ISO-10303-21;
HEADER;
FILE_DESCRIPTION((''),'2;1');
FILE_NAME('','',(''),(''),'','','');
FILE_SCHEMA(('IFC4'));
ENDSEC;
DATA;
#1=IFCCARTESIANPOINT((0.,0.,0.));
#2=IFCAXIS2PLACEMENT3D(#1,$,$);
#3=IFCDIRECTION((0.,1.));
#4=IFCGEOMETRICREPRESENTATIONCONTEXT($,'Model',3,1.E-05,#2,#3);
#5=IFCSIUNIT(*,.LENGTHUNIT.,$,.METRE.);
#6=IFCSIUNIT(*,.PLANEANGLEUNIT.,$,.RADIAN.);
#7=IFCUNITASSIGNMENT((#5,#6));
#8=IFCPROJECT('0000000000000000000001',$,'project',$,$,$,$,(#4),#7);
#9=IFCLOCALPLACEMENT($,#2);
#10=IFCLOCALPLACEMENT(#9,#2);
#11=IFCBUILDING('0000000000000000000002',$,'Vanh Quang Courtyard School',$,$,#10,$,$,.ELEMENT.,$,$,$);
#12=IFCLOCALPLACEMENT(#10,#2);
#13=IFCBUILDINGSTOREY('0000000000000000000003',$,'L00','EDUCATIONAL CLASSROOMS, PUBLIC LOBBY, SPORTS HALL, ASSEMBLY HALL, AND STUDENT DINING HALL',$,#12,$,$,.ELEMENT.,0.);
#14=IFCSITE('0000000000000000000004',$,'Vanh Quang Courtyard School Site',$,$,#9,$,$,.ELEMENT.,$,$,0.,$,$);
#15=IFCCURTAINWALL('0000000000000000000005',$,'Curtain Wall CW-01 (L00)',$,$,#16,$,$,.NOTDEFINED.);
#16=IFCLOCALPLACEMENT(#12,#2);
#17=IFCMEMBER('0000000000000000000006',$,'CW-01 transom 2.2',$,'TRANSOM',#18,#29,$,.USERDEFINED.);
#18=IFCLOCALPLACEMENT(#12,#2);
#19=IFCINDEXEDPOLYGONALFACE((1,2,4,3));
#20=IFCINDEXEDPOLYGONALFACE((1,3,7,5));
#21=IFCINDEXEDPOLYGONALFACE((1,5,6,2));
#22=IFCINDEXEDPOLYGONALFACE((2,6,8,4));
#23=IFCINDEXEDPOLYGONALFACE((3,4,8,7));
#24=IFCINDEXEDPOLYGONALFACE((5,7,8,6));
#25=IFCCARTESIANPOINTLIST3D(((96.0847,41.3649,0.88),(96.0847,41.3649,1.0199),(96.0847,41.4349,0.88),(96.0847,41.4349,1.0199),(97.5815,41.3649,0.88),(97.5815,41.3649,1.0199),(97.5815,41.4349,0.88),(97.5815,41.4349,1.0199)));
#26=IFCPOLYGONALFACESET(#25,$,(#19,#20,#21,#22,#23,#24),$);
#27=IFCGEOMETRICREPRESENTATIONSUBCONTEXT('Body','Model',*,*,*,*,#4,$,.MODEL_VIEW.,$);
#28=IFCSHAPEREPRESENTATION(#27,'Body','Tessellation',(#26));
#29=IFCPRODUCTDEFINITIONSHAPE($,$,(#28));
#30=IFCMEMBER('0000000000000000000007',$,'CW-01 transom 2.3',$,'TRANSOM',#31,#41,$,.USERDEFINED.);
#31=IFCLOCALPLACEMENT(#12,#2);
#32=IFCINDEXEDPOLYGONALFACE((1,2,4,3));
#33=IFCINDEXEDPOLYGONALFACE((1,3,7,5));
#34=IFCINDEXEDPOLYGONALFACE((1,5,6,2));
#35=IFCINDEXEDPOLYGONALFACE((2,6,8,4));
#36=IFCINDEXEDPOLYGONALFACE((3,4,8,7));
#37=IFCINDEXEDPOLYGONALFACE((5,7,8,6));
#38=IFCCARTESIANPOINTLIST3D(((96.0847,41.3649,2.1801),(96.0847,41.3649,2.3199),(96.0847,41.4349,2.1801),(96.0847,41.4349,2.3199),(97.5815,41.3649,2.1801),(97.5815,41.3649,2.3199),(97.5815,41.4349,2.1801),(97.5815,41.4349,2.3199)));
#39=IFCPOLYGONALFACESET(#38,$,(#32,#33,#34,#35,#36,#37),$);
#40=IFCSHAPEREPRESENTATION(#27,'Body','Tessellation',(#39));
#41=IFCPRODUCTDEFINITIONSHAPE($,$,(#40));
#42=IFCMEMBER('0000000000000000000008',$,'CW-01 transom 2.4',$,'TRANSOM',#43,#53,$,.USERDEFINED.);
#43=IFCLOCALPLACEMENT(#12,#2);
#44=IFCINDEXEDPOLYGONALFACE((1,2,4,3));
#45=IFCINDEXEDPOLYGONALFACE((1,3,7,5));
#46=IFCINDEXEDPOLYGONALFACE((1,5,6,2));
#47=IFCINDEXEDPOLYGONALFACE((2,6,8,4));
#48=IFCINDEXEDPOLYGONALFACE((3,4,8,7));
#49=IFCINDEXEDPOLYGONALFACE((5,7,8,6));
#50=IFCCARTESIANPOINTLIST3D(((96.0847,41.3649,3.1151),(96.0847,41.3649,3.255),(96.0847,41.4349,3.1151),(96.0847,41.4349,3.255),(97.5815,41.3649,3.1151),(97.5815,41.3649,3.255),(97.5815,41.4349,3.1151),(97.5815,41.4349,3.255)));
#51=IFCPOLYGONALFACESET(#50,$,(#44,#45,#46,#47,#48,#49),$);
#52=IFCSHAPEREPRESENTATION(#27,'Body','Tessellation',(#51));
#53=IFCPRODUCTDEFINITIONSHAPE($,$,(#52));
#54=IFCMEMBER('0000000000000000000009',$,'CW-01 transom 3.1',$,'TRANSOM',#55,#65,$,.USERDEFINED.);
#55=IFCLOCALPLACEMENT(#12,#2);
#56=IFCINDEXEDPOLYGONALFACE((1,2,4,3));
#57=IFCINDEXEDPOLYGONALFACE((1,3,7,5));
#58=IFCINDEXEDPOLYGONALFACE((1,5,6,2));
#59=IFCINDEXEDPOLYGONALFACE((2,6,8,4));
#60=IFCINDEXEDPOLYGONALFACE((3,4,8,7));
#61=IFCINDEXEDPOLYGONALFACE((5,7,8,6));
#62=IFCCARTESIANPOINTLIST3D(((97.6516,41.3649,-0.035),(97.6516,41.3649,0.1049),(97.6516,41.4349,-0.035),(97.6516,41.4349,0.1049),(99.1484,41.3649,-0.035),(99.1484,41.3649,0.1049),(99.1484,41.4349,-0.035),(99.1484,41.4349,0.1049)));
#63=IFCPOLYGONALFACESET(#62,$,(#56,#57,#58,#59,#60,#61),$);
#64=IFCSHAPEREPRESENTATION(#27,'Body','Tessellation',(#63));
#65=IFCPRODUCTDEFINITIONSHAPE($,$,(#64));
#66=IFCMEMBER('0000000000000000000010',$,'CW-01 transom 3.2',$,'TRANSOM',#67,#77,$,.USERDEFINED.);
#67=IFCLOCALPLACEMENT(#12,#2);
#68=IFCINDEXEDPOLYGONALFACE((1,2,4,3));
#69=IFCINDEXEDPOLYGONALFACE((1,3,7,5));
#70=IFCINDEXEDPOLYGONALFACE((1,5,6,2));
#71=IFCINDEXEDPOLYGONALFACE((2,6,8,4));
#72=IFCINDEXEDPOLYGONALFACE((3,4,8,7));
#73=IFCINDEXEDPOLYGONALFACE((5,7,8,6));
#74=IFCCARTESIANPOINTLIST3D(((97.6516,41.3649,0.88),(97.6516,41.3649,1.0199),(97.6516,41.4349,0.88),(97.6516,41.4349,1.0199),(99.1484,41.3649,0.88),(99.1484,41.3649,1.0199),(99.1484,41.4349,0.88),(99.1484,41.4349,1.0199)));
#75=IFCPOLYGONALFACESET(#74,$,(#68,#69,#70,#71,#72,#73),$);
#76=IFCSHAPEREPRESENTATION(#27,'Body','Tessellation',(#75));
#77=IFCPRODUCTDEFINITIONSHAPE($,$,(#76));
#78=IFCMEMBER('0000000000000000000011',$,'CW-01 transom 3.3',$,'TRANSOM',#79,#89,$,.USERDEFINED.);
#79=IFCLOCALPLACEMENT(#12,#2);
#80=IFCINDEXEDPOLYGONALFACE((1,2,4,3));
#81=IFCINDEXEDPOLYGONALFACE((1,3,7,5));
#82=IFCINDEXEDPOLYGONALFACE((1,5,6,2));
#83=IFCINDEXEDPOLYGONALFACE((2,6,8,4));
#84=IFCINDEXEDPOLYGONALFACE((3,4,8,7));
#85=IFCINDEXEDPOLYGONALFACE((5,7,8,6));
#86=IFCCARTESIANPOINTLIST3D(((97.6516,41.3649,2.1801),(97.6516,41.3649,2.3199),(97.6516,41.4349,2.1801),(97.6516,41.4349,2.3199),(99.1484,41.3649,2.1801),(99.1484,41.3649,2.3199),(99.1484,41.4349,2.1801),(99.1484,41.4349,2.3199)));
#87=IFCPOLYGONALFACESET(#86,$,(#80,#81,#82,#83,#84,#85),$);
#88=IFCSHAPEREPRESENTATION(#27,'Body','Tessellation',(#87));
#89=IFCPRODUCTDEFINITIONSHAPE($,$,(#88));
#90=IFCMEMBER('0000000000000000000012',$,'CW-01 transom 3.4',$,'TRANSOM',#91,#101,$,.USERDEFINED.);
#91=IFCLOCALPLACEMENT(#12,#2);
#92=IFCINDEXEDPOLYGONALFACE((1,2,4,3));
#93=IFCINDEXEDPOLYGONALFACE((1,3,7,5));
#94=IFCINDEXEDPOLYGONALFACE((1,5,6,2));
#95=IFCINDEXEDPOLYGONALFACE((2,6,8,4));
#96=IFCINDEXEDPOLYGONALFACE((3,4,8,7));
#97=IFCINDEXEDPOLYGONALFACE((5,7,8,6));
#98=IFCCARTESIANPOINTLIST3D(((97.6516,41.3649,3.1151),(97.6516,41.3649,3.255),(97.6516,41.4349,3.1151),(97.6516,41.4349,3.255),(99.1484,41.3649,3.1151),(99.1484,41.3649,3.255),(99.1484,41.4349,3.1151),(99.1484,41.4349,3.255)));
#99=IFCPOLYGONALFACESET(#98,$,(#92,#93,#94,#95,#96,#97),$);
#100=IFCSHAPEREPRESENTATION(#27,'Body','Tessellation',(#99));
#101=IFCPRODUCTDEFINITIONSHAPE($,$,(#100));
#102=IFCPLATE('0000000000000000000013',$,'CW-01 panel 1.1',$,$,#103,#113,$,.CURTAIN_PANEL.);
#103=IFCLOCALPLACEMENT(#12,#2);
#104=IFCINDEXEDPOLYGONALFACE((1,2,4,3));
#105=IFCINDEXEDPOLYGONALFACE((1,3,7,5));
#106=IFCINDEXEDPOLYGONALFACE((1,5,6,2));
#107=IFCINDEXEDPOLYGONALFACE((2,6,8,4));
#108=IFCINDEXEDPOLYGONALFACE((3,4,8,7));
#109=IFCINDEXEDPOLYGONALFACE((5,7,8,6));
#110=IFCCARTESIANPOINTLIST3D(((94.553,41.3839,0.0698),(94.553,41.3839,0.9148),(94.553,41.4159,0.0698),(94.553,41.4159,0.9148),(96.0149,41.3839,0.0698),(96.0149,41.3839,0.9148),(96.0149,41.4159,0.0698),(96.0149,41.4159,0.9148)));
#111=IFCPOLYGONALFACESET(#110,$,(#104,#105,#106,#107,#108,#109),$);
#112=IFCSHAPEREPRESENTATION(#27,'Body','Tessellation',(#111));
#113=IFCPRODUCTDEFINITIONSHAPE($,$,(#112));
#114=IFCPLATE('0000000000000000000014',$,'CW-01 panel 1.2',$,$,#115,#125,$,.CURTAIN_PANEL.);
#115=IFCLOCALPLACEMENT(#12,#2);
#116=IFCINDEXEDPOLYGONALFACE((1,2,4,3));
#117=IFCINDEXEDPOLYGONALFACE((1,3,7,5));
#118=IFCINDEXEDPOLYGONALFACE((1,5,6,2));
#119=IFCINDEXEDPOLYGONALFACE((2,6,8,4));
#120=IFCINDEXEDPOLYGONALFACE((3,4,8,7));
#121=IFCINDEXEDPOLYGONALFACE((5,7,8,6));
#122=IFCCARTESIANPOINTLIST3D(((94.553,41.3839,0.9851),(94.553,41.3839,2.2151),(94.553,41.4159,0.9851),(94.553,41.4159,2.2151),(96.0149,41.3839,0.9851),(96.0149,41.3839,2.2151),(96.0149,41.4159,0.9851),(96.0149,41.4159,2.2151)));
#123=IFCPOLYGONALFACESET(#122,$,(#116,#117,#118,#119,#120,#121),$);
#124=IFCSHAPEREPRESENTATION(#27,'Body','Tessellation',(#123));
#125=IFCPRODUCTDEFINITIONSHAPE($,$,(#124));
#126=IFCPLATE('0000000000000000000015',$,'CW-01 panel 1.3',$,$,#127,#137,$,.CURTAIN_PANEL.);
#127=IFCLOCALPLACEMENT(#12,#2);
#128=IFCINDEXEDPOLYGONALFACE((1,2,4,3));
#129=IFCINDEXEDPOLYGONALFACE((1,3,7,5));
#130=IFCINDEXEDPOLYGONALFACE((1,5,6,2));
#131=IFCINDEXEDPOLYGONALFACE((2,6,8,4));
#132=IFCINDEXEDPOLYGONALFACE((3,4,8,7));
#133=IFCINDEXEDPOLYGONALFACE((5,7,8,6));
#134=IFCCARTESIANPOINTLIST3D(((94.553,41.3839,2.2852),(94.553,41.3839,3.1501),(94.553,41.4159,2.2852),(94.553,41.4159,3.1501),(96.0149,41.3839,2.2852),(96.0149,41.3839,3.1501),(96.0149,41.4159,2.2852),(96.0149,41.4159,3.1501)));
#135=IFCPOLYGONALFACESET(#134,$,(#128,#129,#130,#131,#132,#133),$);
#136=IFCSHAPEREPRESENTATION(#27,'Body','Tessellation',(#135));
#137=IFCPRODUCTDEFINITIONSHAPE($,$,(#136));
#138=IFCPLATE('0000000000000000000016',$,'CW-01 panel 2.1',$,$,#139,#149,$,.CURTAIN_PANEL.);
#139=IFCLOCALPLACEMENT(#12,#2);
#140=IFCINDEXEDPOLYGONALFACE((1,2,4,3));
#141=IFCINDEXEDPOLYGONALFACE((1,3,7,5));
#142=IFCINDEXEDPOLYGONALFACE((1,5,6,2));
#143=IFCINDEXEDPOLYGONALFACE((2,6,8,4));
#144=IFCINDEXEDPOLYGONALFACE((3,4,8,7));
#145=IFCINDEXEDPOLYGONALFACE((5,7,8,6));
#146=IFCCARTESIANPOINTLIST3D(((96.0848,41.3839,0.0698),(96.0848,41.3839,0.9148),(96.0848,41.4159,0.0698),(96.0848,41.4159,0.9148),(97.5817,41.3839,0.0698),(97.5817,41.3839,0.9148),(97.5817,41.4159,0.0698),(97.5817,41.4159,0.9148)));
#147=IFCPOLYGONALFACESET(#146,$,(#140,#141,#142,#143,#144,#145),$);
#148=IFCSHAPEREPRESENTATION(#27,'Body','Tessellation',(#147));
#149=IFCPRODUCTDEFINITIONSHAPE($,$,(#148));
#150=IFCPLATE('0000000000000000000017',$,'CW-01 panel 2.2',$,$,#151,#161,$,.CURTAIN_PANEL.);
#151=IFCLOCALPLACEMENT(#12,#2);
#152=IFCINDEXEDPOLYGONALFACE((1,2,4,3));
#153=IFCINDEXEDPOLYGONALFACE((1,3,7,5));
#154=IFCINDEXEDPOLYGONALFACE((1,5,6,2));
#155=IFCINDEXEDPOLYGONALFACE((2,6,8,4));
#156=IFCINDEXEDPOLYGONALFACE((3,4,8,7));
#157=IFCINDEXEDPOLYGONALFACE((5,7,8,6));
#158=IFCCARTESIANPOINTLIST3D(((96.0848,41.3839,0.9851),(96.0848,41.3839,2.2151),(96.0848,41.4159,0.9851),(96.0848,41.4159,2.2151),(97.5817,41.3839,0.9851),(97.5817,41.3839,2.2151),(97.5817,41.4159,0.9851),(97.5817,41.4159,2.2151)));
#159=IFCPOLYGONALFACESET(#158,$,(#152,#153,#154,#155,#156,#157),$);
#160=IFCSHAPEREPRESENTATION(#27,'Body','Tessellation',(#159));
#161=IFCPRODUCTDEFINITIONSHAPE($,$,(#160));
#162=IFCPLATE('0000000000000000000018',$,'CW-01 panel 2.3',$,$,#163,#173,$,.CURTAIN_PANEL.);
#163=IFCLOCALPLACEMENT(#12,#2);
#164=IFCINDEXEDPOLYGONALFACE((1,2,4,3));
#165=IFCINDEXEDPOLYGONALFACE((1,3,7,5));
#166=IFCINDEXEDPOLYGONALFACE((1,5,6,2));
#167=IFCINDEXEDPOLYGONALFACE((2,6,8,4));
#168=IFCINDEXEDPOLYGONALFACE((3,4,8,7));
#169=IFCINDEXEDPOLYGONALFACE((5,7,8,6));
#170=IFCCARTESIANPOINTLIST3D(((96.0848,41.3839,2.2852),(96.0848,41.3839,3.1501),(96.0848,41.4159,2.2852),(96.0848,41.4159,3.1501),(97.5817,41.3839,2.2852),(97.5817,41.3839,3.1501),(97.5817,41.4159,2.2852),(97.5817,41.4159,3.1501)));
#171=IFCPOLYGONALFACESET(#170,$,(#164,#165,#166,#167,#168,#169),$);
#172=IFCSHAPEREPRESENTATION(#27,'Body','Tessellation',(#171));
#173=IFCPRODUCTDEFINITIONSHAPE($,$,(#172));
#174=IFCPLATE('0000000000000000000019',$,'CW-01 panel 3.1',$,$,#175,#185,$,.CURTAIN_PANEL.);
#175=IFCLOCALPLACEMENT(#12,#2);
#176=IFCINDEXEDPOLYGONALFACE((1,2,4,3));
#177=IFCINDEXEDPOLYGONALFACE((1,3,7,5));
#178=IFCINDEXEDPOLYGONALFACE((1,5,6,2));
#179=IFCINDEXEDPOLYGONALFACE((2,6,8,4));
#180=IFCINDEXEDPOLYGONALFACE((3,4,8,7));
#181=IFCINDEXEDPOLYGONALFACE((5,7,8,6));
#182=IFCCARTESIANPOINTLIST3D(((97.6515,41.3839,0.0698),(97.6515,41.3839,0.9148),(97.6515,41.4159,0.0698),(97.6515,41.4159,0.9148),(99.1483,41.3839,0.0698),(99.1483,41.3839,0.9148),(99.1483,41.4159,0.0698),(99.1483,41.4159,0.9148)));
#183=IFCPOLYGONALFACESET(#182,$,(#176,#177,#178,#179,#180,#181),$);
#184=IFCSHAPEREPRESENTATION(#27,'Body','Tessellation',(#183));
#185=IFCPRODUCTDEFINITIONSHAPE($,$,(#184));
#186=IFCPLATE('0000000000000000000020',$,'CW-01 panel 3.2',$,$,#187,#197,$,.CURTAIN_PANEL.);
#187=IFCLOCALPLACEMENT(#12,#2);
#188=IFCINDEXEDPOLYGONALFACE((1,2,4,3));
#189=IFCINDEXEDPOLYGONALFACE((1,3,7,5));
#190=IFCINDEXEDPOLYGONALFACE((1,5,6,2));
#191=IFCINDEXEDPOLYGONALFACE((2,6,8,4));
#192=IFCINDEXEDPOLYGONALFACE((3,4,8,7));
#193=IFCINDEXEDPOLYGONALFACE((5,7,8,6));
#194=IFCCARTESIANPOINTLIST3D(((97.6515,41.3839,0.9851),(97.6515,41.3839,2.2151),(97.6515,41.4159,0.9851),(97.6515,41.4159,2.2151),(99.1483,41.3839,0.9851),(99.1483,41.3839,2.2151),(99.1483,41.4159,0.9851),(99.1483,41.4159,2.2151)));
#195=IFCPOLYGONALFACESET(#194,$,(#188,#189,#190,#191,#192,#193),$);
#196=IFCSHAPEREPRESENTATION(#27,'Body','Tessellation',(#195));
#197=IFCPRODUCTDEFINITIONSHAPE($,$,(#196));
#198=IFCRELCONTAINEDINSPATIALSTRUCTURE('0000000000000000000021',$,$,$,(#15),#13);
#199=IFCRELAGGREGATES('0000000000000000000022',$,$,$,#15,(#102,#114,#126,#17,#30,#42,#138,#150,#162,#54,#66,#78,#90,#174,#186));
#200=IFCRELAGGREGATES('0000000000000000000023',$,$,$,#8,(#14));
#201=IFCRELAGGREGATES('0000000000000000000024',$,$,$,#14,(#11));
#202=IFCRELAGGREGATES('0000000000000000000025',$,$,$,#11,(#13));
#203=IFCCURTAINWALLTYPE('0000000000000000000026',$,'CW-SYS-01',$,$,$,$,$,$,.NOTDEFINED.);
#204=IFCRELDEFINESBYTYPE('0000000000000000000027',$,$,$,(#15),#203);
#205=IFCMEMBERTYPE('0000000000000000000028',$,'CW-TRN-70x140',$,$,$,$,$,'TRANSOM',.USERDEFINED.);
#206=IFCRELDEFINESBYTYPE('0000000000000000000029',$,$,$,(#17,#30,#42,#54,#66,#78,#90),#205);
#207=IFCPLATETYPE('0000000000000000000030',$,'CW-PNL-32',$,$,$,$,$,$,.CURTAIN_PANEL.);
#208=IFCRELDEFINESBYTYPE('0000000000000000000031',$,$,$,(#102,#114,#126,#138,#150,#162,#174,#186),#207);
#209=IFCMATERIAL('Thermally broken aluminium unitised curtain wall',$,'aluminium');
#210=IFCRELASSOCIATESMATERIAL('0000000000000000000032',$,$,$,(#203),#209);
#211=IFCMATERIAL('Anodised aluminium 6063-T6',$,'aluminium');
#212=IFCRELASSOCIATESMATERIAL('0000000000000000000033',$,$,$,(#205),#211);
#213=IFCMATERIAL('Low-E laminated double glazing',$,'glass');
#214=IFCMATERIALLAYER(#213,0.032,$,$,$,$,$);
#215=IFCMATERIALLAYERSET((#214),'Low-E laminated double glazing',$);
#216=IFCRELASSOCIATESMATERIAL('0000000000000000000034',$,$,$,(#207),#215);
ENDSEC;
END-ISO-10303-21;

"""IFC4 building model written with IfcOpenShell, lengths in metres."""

from ifc_helpers import new_model, si_unit, direction, frame, origin, origin_2d, place, context, subcontext, project, spatial, rectangle, extrude, material, layer, layer_set, material_profile, profile_set, type_object, element, aggregate, save


model = new_model("IFC4")

# Units and contexts
model_context = context("Model", 3, precision=1e-05, world=origin(), true_north=direction((0.0, 1.0)))
body_context = subcontext(model_context, "Body", "Model", "MODEL_VIEW")
ifc_project = project(units=[si_unit("LENGTHUNIT", "METRE"), si_unit("PLANEANGLEUNIT", "RADIAN")], contexts=[model_context])

# Site, building, storey
site_placement = place(None, origin())
site = spatial("IfcSite", under=ifc_project, at=site_placement, Name="Vanh Quang Courtyard School Site", CompositionType="ELEMENT", RefElevation=0.0)
building_placement = place(site_placement, origin())
building = spatial("IfcBuilding", under=site, at=building_placement, Name="Vanh Quang Courtyard School", CompositionType="ELEMENT")
storey_placement = place(building_placement, origin())
storey = spatial("IfcBuildingStorey", under=building, at=storey_placement, Name="L00", Description="EDUCATIONAL CLASSROOMS, PUBLIC LOBBY, SPORTS HALL, ASSEMBLY HALL, AND STUDENT DINING HALL", CompositionType="ELEMENT", Elevation=0.0)

# Curtain wall, members, plates
ifc_material_1 = material(Name="Thermally broken aluminium unitised curtain wall", Category="aluminium")
curtain_wall_type = type_object("IfcCurtainWallType", Name="CW-SYS-01", PredefinedType="NOTDEFINED", material=ifc_material_1)
curtain_wall_placement = place(storey_placement, origin())
curtain_wall = element("IfcCurtainWall", 1, at=curtain_wall_placement, inside=storey, type_object=curtain_wall_type, Name="Curtain Wall CW-01 (L00)", PredefinedType="NOTDEFINED")
ifc_material_2 = material(Name="Anodised aluminium 6063-T6", Category="aluminium")
ifc_material_profile_1 = material_profile(ifc_material_2, rectangle(XDim=0.0701, YDim=0.1399, at=origin_2d()), Name="ALU-TRN 70x140")
ifc_profile_set_1 = profile_set([ifc_material_profile_1], Name="Anodised aluminium 6063-T6")
member_type_1 = type_object("IfcMemberType", Name="CW-TRN-70x140", ElementType="TRANSOM", PredefinedType="USERDEFINED", material=ifc_profile_set_1)
member_1_placement = place(storey_placement, frame((96.0847, 41.3999, 0.95), z_axis=(1.0, 0.0, 0.0), x_axis=(0.0, 1.0, 0.0)))
member_1 = element("IfcMember", 2, at=member_1_placement, type_object=member_type_1, Name="CW-01 transom 2.2", ObjectType="TRANSOM", PredefinedType="USERDEFINED", context=body_context, shape_type="SweptSolid", body=[
    extrude(rectangle(XDim=0.0701, YDim=0.1399, at=origin_2d()), origin(), (0.0, 0.0, 1.0), 1.4968),
])
member_2_placement = place(storey_placement, frame((96.0847, 41.3999, 2.25), z_axis=(1.0, 0.0, 0.0), x_axis=(0.0, 1.0, 0.0)))
member_2 = element("IfcMember", 3, at=member_2_placement, type_object=member_type_1, Name="CW-01 transom 2.3", ObjectType="TRANSOM", PredefinedType="USERDEFINED", context=body_context, shape_type="SweptSolid", body=[
    extrude(rectangle(XDim=0.0701, YDim=0.1399, at=origin_2d()), origin(), (0.0, 0.0, 1.0), 1.4968),
])
member_3_placement = place(storey_placement, frame((96.0847, 41.3999, 3.1851), z_axis=(1.0, 0.0, 0.0), x_axis=(0.0, 1.0, 0.0)))
member_3 = element("IfcMember", 4, at=member_3_placement, type_object=member_type_1, Name="CW-01 transom 2.4", ObjectType="TRANSOM", PredefinedType="USERDEFINED", context=body_context, shape_type="SweptSolid", body=[
    extrude(rectangle(XDim=0.0701, YDim=0.1399, at=origin_2d()), origin(), (0.0, 0.0, 1.0), 1.4968),
])
member_4_placement = place(storey_placement, frame((97.6516, 41.3999, 0.0349), z_axis=(1.0, 0.0, 0.0), x_axis=(0.0, 1.0, 0.0)))
member_4 = element("IfcMember", 5, at=member_4_placement, type_object=member_type_1, Name="CW-01 transom 3.1", ObjectType="TRANSOM", PredefinedType="USERDEFINED", context=body_context, shape_type="SweptSolid", body=[
    extrude(rectangle(XDim=0.0701, YDim=0.1399, at=origin_2d()), origin(), (0.0, 0.0, 1.0), 1.4968),
])
member_5_placement = place(storey_placement, frame((97.6516, 41.3999, 0.95), z_axis=(1.0, 0.0, 0.0), x_axis=(0.0, 1.0, 0.0)))
member_5 = element("IfcMember", 6, at=member_5_placement, type_object=member_type_1, Name="CW-01 transom 3.2", ObjectType="TRANSOM", PredefinedType="USERDEFINED", context=body_context, shape_type="SweptSolid", body=[
    extrude(rectangle(XDim=0.0701, YDim=0.1399, at=origin_2d()), origin(), (0.0, 0.0, 1.0), 1.4968),
])
member_6_placement = place(storey_placement, frame((97.6516, 41.3999, 2.25), z_axis=(1.0, 0.0, 0.0), x_axis=(0.0, 1.0, 0.0)))
member_6 = element("IfcMember", 7, at=member_6_placement, type_object=member_type_1, Name="CW-01 transom 3.3", ObjectType="TRANSOM", PredefinedType="USERDEFINED", context=body_context, shape_type="SweptSolid", body=[
    extrude(rectangle(XDim=0.0701, YDim=0.1399, at=origin_2d()), origin(), (0.0, 0.0, 1.0), 1.4968),
])
member_7_placement = place(storey_placement, frame((97.6516, 41.3999, 3.1851), z_axis=(1.0, 0.0, 0.0), x_axis=(0.0, 1.0, 0.0)))
member_7 = element("IfcMember", 8, at=member_7_placement, type_object=member_type_1, Name="CW-01 transom 3.4", ObjectType="TRANSOM", PredefinedType="USERDEFINED", context=body_context, shape_type="SweptSolid", body=[
    extrude(rectangle(XDim=0.0701, YDim=0.1399, at=origin_2d()), origin(), (0.0, 0.0, 1.0), 1.4968),
])
ifc_material_3 = material(Name="Low-E laminated double glazing", Category="glass")
ifc_layer_1 = layer(ifc_material_3, 0.032)
ifc_layer_set_1 = layer_set([ifc_layer_1], Name="Low-E laminated double glazing")
plate_type = type_object("IfcPlateType", Name="CW-PNL-32", PredefinedType="CURTAIN_PANEL", material=ifc_layer_set_1)
plate_1_placement = place(storey_placement, frame((95.2839, 41.3999, 0.0698), z_axis=(0.0, 0.0, 1.0), x_axis=(1.0, 0.0, 0.0)))
plate_1 = element("IfcPlate", 9, at=plate_1_placement, type_object=plate_type, Name="CW-01 panel 1.1", PredefinedType="CURTAIN_PANEL", context=body_context, shape_type="SweptSolid", body=[
    extrude(rectangle(XDim=1.4619, YDim=0.032, at=origin_2d()), origin(), (0.0, 0.0, 1.0), 0.845),
])
plate_2_placement = place(storey_placement, frame((95.2839, 41.3999, 0.9851), z_axis=(0.0, 0.0, 1.0), x_axis=(1.0, 0.0, 0.0)))
plate_2 = element("IfcPlate", 10, at=plate_2_placement, type_object=plate_type, Name="CW-01 panel 1.2", PredefinedType="CURTAIN_PANEL", context=body_context, shape_type="SweptSolid", body=[
    extrude(rectangle(XDim=1.4619, YDim=0.032, at=origin_2d()), origin(), (0.0, 0.0, 1.0), 1.23),
])
plate_3_placement = place(storey_placement, frame((95.2839, 41.3999, 2.2852), z_axis=(0.0, 0.0, 1.0), x_axis=(1.0, 0.0, 0.0)))
plate_3 = element("IfcPlate", 11, at=plate_3_placement, type_object=plate_type, Name="CW-01 panel 1.3", PredefinedType="CURTAIN_PANEL", context=body_context, shape_type="SweptSolid", body=[
    extrude(rectangle(XDim=1.4619, YDim=0.032, at=origin_2d()), origin(), (0.0, 0.0, 1.0), 0.865),
])
plate_4_placement = place(storey_placement, frame((96.8333, 41.3999, 0.0698), z_axis=(0.0, 0.0, 1.0), x_axis=(1.0, 0.0, 0.0)))
plate_4 = element("IfcPlate", 12, at=plate_4_placement, type_object=plate_type, Name="CW-01 panel 2.1", PredefinedType="CURTAIN_PANEL", context=body_context, shape_type="SweptSolid", body=[
    extrude(rectangle(XDim=1.4968, YDim=0.032, at=origin_2d()), origin(), (0.0, 0.0, 1.0), 0.845),
])
plate_5_placement = place(storey_placement, frame((96.8333, 41.3999, 0.9851), z_axis=(0.0, 0.0, 1.0), x_axis=(1.0, 0.0, 0.0)))
plate_5 = element("IfcPlate", 13, at=plate_5_placement, type_object=plate_type, Name="CW-01 panel 2.2", PredefinedType="CURTAIN_PANEL", context=body_context, shape_type="SweptSolid", body=[
    extrude(rectangle(XDim=1.4968, YDim=0.032, at=origin_2d()), origin(), (0.0, 0.0, 1.0), 1.23),
])
plate_6_placement = place(storey_placement, frame((96.8333, 41.3999, 2.2852), z_axis=(0.0, 0.0, 1.0), x_axis=(1.0, 0.0, 0.0)))
plate_6 = element("IfcPlate", 14, at=plate_6_placement, type_object=plate_type, Name="CW-01 panel 2.3", PredefinedType="CURTAIN_PANEL", context=body_context, shape_type="SweptSolid", body=[
    extrude(rectangle(XDim=1.4968, YDim=0.032, at=origin_2d()), origin(), (0.0, 0.0, 1.0), 0.865),
])
plate_7_placement = place(storey_placement, frame((98.3999, 41.3999, 0.0698), z_axis=(0.0, 0.0, 1.0), x_axis=(1.0, 0.0, 0.0)))
plate_7 = element("IfcPlate", 15, at=plate_7_placement, type_object=plate_type, Name="CW-01 panel 3.1", PredefinedType="CURTAIN_PANEL", context=body_context, shape_type="SweptSolid", body=[
    extrude(rectangle(XDim=1.4968, YDim=0.032, at=origin_2d()), origin(), (0.0, 0.0, 1.0), 0.845),
])
plate_8_placement = place(storey_placement, frame((98.3999, 41.3999, 0.9851), z_axis=(0.0, 0.0, 1.0), x_axis=(1.0, 0.0, 0.0)))
plate_8 = element("IfcPlate", 16, at=plate_8_placement, type_object=plate_type, Name="CW-01 panel 3.2", PredefinedType="CURTAIN_PANEL", context=body_context, shape_type="SweptSolid", body=[
    extrude(rectangle(XDim=1.4968, YDim=0.032, at=origin_2d()), origin(), (0.0, 0.0, 1.0), 1.23),
])
aggregate(curtain_wall, [plate_1, plate_2, plate_3, member_1, member_2, member_3, plate_4, plate_5, plate_6, member_4, member_5, member_6, member_7, plate_7, plate_8])

save(model, "model.ifc")
